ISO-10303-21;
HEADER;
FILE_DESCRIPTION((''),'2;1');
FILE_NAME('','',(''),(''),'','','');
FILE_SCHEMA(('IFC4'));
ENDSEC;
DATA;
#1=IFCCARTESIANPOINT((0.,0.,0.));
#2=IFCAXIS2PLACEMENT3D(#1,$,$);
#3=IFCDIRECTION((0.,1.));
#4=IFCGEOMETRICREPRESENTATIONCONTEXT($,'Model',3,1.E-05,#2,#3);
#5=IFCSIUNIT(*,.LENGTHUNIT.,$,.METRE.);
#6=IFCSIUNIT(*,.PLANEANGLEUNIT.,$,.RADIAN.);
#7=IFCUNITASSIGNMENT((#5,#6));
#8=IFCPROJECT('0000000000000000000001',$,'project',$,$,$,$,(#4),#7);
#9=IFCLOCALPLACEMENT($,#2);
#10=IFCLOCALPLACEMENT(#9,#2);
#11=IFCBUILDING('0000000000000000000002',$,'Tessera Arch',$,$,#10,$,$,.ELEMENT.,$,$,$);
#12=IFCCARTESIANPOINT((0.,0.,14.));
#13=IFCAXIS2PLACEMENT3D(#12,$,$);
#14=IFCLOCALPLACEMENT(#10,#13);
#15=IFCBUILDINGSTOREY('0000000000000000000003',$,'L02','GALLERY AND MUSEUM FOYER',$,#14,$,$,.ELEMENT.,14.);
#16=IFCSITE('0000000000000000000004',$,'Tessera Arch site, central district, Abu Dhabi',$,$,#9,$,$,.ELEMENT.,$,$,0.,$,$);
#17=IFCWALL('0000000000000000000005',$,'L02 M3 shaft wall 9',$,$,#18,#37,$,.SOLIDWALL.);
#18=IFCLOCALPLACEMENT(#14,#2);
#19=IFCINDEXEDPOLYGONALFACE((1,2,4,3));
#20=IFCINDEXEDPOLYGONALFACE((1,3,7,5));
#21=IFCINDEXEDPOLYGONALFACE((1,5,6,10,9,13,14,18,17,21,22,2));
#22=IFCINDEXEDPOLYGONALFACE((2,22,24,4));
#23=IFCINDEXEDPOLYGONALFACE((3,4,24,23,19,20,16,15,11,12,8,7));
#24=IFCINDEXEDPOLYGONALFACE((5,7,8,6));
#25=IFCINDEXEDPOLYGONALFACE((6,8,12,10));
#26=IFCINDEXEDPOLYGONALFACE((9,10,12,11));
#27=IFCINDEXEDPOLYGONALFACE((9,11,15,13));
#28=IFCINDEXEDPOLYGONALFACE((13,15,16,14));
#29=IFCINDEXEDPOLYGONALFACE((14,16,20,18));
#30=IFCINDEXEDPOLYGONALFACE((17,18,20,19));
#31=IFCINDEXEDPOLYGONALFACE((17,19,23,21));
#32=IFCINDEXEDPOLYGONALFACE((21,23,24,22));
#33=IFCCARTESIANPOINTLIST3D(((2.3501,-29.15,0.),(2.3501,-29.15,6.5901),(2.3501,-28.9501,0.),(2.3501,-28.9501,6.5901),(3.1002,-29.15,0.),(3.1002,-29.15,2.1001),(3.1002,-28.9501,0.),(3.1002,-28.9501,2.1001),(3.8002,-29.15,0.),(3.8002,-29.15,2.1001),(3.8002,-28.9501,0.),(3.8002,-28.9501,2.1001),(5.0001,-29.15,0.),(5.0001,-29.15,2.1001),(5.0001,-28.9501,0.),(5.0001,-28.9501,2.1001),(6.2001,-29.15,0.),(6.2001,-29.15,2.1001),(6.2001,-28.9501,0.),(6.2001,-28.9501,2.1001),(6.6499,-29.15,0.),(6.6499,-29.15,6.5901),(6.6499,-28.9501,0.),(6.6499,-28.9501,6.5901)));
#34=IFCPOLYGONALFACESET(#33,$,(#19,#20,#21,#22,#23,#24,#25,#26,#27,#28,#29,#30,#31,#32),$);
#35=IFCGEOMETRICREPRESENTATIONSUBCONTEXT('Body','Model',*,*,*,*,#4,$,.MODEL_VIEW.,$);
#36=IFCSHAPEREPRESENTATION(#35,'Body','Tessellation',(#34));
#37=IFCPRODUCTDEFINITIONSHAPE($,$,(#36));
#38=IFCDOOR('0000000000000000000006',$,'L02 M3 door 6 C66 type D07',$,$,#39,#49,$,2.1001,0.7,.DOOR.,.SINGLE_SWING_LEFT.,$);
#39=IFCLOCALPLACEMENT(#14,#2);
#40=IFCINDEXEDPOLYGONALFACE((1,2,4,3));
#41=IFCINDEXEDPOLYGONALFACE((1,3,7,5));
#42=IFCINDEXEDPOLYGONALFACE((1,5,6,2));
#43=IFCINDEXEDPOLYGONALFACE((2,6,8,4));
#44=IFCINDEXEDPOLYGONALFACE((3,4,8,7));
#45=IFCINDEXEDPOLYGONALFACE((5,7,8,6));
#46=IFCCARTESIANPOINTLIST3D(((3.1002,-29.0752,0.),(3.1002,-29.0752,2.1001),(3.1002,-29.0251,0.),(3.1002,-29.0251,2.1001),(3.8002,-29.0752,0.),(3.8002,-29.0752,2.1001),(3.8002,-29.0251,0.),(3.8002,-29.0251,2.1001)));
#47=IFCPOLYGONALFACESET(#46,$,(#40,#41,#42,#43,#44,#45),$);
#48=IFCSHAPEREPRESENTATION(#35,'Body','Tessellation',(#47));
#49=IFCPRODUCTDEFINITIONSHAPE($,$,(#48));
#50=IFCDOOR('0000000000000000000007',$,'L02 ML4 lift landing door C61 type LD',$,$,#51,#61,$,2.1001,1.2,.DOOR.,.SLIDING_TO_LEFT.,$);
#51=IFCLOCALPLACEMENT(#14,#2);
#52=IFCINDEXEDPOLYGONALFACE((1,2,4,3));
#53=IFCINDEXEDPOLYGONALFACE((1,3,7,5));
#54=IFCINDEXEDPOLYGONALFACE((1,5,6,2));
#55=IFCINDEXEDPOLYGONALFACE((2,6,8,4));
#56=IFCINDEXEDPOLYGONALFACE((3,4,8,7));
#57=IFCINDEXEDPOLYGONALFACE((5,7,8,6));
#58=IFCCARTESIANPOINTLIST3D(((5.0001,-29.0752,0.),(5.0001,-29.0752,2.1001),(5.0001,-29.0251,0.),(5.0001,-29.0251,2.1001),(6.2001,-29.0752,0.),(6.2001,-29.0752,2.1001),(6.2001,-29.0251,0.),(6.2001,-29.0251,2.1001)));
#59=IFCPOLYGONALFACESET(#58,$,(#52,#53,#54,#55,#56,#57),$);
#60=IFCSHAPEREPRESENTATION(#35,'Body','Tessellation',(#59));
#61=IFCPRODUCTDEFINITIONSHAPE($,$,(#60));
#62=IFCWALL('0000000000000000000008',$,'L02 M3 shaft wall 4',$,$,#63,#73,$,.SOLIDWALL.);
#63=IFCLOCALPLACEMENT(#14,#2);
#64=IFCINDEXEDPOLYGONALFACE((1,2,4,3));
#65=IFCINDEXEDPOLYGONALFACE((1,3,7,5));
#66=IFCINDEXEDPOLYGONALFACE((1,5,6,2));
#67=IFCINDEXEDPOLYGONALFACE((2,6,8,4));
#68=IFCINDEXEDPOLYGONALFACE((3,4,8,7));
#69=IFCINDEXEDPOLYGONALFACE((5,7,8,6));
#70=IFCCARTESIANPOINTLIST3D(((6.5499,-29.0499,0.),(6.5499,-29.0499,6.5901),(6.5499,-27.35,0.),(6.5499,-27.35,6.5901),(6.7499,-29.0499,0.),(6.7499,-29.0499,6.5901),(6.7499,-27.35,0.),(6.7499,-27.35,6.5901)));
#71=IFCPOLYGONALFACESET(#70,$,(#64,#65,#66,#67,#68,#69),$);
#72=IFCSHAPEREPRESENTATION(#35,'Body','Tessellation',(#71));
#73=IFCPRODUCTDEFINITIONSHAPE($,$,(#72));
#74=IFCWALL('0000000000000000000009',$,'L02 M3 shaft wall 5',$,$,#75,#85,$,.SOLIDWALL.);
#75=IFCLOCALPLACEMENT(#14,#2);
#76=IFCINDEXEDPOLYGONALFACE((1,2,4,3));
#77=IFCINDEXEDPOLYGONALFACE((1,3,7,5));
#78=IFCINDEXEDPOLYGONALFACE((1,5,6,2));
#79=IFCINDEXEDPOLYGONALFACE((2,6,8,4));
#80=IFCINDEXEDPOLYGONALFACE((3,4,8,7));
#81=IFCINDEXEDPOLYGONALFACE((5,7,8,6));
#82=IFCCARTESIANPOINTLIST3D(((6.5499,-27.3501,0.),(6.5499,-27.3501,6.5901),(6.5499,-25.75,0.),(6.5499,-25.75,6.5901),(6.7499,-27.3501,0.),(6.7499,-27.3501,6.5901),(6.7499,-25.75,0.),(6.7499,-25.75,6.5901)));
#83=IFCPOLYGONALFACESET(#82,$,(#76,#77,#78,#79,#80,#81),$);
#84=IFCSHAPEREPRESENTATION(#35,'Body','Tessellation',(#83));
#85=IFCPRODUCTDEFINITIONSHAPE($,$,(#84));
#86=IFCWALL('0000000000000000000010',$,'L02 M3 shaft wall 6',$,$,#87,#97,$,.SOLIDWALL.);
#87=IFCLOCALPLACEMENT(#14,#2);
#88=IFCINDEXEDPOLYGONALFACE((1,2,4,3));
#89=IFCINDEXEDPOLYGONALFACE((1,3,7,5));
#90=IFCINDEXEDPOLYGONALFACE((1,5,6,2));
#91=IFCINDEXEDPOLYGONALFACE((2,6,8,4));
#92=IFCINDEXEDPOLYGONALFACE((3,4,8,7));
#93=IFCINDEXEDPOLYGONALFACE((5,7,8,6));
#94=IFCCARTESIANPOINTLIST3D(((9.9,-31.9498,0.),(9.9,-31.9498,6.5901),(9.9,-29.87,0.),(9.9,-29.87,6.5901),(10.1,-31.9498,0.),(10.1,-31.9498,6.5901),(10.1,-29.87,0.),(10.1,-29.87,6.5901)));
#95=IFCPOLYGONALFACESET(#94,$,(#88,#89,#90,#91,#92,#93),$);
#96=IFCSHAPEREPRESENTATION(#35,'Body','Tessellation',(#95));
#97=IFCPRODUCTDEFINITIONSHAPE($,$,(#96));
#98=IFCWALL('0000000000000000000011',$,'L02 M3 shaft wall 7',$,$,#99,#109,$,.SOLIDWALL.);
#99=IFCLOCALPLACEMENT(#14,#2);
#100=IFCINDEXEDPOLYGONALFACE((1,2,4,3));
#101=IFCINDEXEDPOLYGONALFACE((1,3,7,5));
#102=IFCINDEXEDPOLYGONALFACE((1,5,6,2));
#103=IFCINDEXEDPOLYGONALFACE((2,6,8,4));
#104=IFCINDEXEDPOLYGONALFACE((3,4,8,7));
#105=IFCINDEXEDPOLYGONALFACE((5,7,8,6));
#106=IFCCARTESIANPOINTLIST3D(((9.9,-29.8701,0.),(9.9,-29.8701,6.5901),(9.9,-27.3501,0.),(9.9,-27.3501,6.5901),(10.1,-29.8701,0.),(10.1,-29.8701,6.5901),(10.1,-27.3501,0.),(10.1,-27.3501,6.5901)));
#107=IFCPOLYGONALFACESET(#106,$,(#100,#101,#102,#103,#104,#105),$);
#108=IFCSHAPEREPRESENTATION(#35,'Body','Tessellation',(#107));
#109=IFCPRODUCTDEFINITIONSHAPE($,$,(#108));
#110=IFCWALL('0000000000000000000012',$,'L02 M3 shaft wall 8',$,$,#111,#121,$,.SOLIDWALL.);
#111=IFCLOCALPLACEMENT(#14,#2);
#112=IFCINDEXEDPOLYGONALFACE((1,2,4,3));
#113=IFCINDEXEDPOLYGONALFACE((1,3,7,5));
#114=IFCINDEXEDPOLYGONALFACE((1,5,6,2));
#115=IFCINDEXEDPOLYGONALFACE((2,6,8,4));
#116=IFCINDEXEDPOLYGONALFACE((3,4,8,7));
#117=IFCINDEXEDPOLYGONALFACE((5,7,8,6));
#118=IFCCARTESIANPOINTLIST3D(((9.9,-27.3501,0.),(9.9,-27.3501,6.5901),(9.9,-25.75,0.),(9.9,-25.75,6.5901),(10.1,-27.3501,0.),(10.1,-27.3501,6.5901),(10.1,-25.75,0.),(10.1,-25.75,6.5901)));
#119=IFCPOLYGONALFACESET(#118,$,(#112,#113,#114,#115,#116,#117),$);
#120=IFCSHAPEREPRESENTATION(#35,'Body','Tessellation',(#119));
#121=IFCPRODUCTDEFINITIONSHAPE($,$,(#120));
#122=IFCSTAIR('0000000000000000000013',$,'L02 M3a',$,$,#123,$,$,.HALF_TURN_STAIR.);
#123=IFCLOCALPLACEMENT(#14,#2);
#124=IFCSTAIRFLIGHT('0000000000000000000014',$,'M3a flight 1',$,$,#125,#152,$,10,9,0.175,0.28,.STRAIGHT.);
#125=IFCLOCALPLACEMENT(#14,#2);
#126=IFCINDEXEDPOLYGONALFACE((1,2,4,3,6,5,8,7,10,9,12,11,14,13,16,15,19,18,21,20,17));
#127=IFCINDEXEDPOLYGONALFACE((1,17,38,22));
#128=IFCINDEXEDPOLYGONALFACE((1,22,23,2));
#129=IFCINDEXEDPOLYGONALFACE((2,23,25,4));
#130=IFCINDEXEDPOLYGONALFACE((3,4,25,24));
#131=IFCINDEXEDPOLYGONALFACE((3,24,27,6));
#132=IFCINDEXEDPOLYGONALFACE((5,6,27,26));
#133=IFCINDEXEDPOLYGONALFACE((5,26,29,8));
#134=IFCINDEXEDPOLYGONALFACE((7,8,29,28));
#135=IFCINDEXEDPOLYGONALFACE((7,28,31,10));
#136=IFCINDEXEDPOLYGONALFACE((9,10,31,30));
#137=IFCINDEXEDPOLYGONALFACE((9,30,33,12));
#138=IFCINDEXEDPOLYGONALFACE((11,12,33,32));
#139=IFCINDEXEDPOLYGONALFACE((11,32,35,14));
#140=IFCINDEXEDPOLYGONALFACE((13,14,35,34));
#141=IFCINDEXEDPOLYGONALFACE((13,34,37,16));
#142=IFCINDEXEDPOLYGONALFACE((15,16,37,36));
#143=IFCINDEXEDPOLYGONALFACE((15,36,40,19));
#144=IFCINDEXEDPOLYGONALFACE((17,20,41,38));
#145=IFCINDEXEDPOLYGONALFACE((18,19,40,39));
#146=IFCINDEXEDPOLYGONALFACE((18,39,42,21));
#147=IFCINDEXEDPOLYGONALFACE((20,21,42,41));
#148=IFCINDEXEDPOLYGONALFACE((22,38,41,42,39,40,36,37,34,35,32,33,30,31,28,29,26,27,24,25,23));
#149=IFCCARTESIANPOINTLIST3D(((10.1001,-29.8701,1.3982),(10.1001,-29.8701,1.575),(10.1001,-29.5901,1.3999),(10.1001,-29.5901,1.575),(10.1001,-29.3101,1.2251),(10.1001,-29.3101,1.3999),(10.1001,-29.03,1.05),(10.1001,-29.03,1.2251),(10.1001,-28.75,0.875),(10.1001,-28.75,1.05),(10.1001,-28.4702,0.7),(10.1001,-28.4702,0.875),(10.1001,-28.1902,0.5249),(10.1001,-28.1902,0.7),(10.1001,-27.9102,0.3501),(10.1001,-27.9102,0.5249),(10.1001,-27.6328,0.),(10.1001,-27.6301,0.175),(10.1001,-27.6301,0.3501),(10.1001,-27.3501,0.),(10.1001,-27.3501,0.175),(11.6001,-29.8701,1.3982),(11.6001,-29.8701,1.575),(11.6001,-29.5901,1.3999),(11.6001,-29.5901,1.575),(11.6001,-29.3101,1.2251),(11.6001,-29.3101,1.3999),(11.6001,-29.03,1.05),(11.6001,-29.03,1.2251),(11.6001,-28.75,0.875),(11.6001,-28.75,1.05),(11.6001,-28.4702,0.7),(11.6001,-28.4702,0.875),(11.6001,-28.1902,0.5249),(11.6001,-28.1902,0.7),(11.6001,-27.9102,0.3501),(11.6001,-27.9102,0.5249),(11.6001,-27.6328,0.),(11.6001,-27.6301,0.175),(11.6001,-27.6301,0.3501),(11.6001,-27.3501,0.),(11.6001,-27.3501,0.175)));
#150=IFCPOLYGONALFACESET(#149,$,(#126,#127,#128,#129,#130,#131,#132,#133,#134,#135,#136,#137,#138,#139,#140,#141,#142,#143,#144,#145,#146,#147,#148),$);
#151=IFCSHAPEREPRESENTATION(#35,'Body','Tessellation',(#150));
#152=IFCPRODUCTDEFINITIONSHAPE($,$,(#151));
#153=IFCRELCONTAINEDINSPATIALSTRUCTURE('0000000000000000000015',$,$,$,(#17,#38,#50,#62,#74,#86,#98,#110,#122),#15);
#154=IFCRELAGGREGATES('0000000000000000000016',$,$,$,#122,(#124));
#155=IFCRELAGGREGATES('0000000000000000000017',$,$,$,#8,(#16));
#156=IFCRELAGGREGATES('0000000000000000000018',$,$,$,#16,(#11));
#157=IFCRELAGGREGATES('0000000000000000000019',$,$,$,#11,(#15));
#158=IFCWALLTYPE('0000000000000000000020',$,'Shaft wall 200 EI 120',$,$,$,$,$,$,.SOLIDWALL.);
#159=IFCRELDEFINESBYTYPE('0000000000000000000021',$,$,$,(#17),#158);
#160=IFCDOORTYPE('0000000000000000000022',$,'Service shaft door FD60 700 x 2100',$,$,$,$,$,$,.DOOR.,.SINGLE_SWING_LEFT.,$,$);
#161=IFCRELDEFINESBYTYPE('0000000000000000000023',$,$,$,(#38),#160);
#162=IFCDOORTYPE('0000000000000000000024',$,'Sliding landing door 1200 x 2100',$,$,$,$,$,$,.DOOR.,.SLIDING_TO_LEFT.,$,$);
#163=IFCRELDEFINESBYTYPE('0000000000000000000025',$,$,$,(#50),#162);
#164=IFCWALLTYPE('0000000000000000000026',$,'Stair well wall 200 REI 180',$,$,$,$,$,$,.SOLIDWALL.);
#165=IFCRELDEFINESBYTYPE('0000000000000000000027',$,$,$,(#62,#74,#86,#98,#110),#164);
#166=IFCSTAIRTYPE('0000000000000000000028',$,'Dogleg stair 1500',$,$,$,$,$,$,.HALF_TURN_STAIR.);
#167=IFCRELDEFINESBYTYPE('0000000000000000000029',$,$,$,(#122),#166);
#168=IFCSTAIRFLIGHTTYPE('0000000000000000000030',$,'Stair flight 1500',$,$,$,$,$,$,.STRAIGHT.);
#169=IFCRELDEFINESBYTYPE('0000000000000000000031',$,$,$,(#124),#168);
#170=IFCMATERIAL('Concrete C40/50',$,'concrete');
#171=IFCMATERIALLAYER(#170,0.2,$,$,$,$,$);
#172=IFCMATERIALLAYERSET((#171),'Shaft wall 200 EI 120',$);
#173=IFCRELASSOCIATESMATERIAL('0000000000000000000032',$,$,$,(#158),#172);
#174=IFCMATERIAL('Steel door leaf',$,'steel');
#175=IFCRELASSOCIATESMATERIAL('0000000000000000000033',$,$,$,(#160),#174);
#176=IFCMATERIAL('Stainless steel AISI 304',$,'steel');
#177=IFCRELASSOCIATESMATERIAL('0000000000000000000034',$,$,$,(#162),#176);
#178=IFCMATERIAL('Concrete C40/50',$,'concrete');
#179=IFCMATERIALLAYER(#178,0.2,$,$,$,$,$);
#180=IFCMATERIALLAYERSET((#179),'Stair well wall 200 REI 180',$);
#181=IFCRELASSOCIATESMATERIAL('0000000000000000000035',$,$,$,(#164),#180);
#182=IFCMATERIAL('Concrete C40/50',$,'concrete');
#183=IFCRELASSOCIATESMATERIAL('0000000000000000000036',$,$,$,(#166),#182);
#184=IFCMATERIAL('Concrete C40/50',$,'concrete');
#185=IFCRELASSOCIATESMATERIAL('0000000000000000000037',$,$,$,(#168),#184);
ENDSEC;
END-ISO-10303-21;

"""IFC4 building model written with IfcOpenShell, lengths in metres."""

from ifc_helpers import new_model, si_unit, direction, frame, frame_2d, origin, place, context, subcontext, project, spatial, polyline, rectangle, outline, extrude, material, layer, layer_set, type_object, element, fill, aggregate, save


model = new_model("IFC4")

# Units and contexts
model_context = context("Model", 3, precision=1e-05, world=origin(), true_north=direction((0.0, 1.0)))
body_context = subcontext(model_context, "Body", "Model", "MODEL_VIEW")
ifc_project = project(units=[si_unit("LENGTHUNIT", "METRE"), si_unit("PLANEANGLEUNIT", "RADIAN")], contexts=[model_context])

# Site, building, storey
site_placement = place(None, origin())
site = spatial("IfcSite", under=ifc_project, at=site_placement, Name="Tessera Arch site, central district, Abu Dhabi", CompositionType="ELEMENT", RefElevation=0.0)
building_placement = place(site_placement, origin())
building = spatial("IfcBuilding", under=site, at=building_placement, Name="Tessera Arch", CompositionType="ELEMENT")
storey_placement = place(building_placement, frame((0.0, 0.0, 14.0)))
storey = spatial("IfcBuildingStorey", under=building, at=storey_placement, Name="L02", Description="GALLERY AND MUSEUM FOYER", CompositionType="ELEMENT", Elevation=14.0)

# Shared definitions
ifc_material_1 = material(Name="Concrete C40/50", Category="concrete")
ifc_layer_1 = layer(ifc_material_1, 0.2)
ifc_layer_set_1 = layer_set([ifc_layer_1], Name="Shaft wall 200 EI 120")
wall_type_1 = type_object("IfcWallType", Name="Shaft wall 200 EI 120", PredefinedType="SOLIDWALL", material=ifc_layer_set_1)

# Wall, openings, doors
wall_1_placement = place(storey_placement, frame((2.3501, -29.05, 0.0), z_axis=(0.0, 0.0, 1.0), x_axis=(1.0, 0.0, 0.0)))
wall_1 = element("IfcWall", 1, at=wall_1_placement, inside=storey, type_object=wall_type_1, Name="L02 M3 shaft wall 9", PredefinedType="SOLIDWALL", context=body_context, shape_type="SweptSolid", body=[
    extrude(rectangle(XDim=4.2998, YDim=0.2, at=frame_2d((2.1499, 0.0))), origin(), (0.0, 0.0, 1.0), 6.5901),
])
opening_1_placement = place(wall_1_placement, frame((2.6499, 0.0, 0.0)))
opening_1 = element("IfcOpeningElement", 2, at=opening_1_placement, cuts=wall_1, PredefinedType="OPENING", context=body_context, shape_type="SweptSolid", body=[
    extrude(rectangle(XDim=1.2, YDim=2.1001, at=frame_2d((0.6001, 1.05))), frame((0.0, 0.1099, 0.0), z_axis=(0.0, -1.0, 0.0), x_axis=(1.0, 0.0, 0.0)), (0.0, 0.0, 1.0), 0.22),
])
opening_2_placement = place(wall_1_placement, frame((0.75, 0.0, 0.0)))
opening_2 = element("IfcOpeningElement", 3, at=opening_2_placement, cuts=wall_1, PredefinedType="OPENING", context=body_context, shape_type="SweptSolid", body=[
    extrude(rectangle(XDim=0.7, YDim=2.1001, at=frame_2d((0.3501, 1.05))), frame((0.0, 0.1099, 0.0), z_axis=(0.0, -1.0, 0.0), x_axis=(1.0, 0.0, 0.0)), (0.0, 0.0, 1.0), 0.22),
])
ifc_material_2 = material(Name="Steel door leaf", Category="steel")
door_type_1 = type_object("IfcDoorType", Name="Service shaft door FD60 700 x 2100", OperationType="SINGLE_SWING_LEFT", PredefinedType="DOOR", material=ifc_material_2)
door_1_placement = place(opening_2_placement, origin())
door_1 = element("IfcDoor", 4, at=door_1_placement, inside=storey, type_object=door_type_1, Name="L02 M3 door 6 C66 type D07", OperationType="SINGLE_SWING_LEFT", OverallHeight=2.1001, OverallWidth=0.7, PredefinedType="DOOR", context=body_context, shape_type="SweptSolid", body=[
    extrude(rectangle(XDim=0.7, YDim=2.1001, at=frame_2d((0.3501, 1.05))), frame((0.0, 0.0249, 0.0), z_axis=(0.0, -1.0, 0.0), x_axis=(1.0, 0.0, 0.0)), (0.0, 0.0, 1.0), 0.05),
])
fill(opening_2, door_1)
ifc_material_3 = material(Name="Stainless steel AISI 304", Category="steel")
door_type_2 = type_object("IfcDoorType", Name="Sliding landing door 1200 x 2100", OperationType="SLIDING_TO_LEFT", PredefinedType="DOOR", material=ifc_material_3)
door_2_placement = place(opening_1_placement, origin())
door_2 = element("IfcDoor", 5, at=door_2_placement, inside=storey, type_object=door_type_2, Name="L02 ML4 lift landing door C61 type LD", OperationType="SLIDING_TO_LEFT", OverallHeight=2.1001, OverallWidth=1.2, PredefinedType="DOOR", context=body_context, shape_type="SweptSolid", body=[
    extrude(rectangle(XDim=1.2, YDim=2.1001, at=frame_2d((0.6001, 1.05))), frame((0.0, 0.0249, 0.0), z_axis=(0.0, -1.0, 0.0), x_axis=(1.0, 0.0, 0.0)), (0.0, 0.0, 1.0), 0.05),
])
fill(opening_1, door_2)

# Walls
ifc_material_4 = material(Name="Concrete C40/50", Category="concrete")
ifc_layer_2 = layer(ifc_material_4, 0.2)
ifc_layer_set_2 = layer_set([ifc_layer_2], Name="Stair well wall 200 REI 180")
wall_type_2 = type_object("IfcWallType", Name="Stair well wall 200 REI 180", PredefinedType="SOLIDWALL", material=ifc_layer_set_2)
wall_2_placement = place(storey_placement, frame((6.6499, -29.05, 0.0), z_axis=(0.0, 0.0, 1.0), x_axis=(0.0, 1.0, 0.0)))
element("IfcWall", 6, at=wall_2_placement, inside=storey, type_object=wall_type_2, Name="L02 M3 shaft wall 4", PredefinedType="SOLIDWALL", context=body_context, shape_type="SweptSolid", body=[
    extrude(rectangle(XDim=1.7, YDim=0.2, at=frame_2d((0.8501, 0.0))), origin(), (0.0, 0.0, 1.0), 6.5901),
])
wall_3_placement = place(storey_placement, frame((6.6499, -27.3501, 0.0), z_axis=(0.0, 0.0, 1.0), x_axis=(0.0, 1.0, 0.0)))
element("IfcWall", 7, at=wall_3_placement, inside=storey, type_object=wall_type_2, Name="L02 M3 shaft wall 5", PredefinedType="SOLIDWALL", context=body_context, shape_type="SweptSolid", body=[
    extrude(rectangle(XDim=1.6001, YDim=0.2, at=frame_2d((0.8, 0.0))), origin(), (0.0, 0.0, 1.0), 6.5901),
])
wall_4_placement = place(storey_placement, frame((10.0, -31.95, 0.0), z_axis=(0.0, 0.0, 1.0), x_axis=(0.0, 1.0, 0.0)))
element("IfcWall", 8, at=wall_4_placement, inside=storey, type_object=wall_type_2, Name="L02 M3 shaft wall 6", PredefinedType="SOLIDWALL", context=body_context, shape_type="SweptSolid", body=[
    extrude(rectangle(XDim=2.0798, YDim=0.2, at=frame_2d((1.04, 0.0))), origin(), (0.0, 0.0, 1.0), 6.5901),
])
wall_5_placement = place(storey_placement, frame((10.0, -29.8701, 0.0), z_axis=(0.0, 0.0, 1.0), x_axis=(0.0, 1.0, 0.0)))
element("IfcWall", 9, at=wall_5_placement, inside=storey, type_object=wall_type_2, Name="L02 M3 shaft wall 7", PredefinedType="SOLIDWALL", context=body_context, shape_type="SweptSolid", body=[
    extrude(rectangle(XDim=2.52, YDim=0.2, at=frame_2d((1.26, 0.0))), origin(), (0.0, 0.0, 1.0), 6.5901),
])
wall_6_placement = place(storey_placement, frame((10.0, -27.3501, 0.0), z_axis=(0.0, 0.0, 1.0), x_axis=(0.0, 1.0, 0.0)))
element("IfcWall", 10, at=wall_6_placement, inside=storey, type_object=wall_type_2, Name="L02 M3 shaft wall 8", PredefinedType="SOLIDWALL", context=body_context, shape_type="SweptSolid", body=[
    extrude(rectangle(XDim=1.6001, YDim=0.2, at=frame_2d((0.8, 0.0))), origin(), (0.0, 0.0, 1.0), 6.5901),
])

# Stair, stair flight
ifc_material_5 = material(Name="Concrete C40/50", Category="concrete")
stair_type = type_object("IfcStairType", Name="Dogleg stair 1500", PredefinedType="HALF_TURN_STAIR", material=ifc_material_5)
stair_1_placement = place(storey_placement, origin())
stair_1 = element("IfcStair", 11, at=stair_1_placement, inside=storey, type_object=stair_type, Name="L02 M3a", PredefinedType="HALF_TURN_STAIR")
ifc_material_6 = material(Name="Concrete C40/50", Category="concrete")
stair_flight_type = type_object("IfcStairFlightType", Name="Stair flight 1500", PredefinedType="STRAIGHT", material=ifc_material_6)
stair_flight_1_placement = place(storey_placement, frame((10.8501, -27.3501, 0.0), z_axis=(0.0, 0.0, 1.0), x_axis=(0.0, -1.0, 0.0)))
stair_flight_1 = element("IfcStairFlight", 12, at=stair_flight_1_placement, type_object=stair_flight_type, Name="M3a flight 1", NumberOfRisers=10, NumberOfTreads=9, PredefinedType="STRAIGHT", RiserHeight=0.175, TreadLength=0.28, context=body_context, shape_type="SweptSolid", body=[
    extrude(outline(polyline([(0.0, 0.0), (0.0, 0.175), (0.28, 0.175), (0.28, 0.3501), (0.5601, 0.3501), (0.5601, 0.5249), (0.8401, 0.5249), (0.8401, 0.7), (1.1201, 0.7), (1.1201, 0.875), (1.3999, 0.875), (1.3999, 1.05), (1.6799, 1.05), (1.6799, 1.2251), (1.96, 1.2251), (1.96, 1.3999), (2.24, 1.3999), (2.24, 1.575), (2.52, 1.575), (2.52, 1.75), (2.52, 1.3982), (0.2827, 0.0), (0.0, 0.0)])), frame((0.0, 0.75, 0.0), z_axis=(0.0, -1.0, 0.0), x_axis=(1.0, 0.0, 0.0)), (0.0, 0.0, 1.0), 1.5),
])
aggregate(stair_1, [stair_flight_1])

save(model, "model.ifc")
